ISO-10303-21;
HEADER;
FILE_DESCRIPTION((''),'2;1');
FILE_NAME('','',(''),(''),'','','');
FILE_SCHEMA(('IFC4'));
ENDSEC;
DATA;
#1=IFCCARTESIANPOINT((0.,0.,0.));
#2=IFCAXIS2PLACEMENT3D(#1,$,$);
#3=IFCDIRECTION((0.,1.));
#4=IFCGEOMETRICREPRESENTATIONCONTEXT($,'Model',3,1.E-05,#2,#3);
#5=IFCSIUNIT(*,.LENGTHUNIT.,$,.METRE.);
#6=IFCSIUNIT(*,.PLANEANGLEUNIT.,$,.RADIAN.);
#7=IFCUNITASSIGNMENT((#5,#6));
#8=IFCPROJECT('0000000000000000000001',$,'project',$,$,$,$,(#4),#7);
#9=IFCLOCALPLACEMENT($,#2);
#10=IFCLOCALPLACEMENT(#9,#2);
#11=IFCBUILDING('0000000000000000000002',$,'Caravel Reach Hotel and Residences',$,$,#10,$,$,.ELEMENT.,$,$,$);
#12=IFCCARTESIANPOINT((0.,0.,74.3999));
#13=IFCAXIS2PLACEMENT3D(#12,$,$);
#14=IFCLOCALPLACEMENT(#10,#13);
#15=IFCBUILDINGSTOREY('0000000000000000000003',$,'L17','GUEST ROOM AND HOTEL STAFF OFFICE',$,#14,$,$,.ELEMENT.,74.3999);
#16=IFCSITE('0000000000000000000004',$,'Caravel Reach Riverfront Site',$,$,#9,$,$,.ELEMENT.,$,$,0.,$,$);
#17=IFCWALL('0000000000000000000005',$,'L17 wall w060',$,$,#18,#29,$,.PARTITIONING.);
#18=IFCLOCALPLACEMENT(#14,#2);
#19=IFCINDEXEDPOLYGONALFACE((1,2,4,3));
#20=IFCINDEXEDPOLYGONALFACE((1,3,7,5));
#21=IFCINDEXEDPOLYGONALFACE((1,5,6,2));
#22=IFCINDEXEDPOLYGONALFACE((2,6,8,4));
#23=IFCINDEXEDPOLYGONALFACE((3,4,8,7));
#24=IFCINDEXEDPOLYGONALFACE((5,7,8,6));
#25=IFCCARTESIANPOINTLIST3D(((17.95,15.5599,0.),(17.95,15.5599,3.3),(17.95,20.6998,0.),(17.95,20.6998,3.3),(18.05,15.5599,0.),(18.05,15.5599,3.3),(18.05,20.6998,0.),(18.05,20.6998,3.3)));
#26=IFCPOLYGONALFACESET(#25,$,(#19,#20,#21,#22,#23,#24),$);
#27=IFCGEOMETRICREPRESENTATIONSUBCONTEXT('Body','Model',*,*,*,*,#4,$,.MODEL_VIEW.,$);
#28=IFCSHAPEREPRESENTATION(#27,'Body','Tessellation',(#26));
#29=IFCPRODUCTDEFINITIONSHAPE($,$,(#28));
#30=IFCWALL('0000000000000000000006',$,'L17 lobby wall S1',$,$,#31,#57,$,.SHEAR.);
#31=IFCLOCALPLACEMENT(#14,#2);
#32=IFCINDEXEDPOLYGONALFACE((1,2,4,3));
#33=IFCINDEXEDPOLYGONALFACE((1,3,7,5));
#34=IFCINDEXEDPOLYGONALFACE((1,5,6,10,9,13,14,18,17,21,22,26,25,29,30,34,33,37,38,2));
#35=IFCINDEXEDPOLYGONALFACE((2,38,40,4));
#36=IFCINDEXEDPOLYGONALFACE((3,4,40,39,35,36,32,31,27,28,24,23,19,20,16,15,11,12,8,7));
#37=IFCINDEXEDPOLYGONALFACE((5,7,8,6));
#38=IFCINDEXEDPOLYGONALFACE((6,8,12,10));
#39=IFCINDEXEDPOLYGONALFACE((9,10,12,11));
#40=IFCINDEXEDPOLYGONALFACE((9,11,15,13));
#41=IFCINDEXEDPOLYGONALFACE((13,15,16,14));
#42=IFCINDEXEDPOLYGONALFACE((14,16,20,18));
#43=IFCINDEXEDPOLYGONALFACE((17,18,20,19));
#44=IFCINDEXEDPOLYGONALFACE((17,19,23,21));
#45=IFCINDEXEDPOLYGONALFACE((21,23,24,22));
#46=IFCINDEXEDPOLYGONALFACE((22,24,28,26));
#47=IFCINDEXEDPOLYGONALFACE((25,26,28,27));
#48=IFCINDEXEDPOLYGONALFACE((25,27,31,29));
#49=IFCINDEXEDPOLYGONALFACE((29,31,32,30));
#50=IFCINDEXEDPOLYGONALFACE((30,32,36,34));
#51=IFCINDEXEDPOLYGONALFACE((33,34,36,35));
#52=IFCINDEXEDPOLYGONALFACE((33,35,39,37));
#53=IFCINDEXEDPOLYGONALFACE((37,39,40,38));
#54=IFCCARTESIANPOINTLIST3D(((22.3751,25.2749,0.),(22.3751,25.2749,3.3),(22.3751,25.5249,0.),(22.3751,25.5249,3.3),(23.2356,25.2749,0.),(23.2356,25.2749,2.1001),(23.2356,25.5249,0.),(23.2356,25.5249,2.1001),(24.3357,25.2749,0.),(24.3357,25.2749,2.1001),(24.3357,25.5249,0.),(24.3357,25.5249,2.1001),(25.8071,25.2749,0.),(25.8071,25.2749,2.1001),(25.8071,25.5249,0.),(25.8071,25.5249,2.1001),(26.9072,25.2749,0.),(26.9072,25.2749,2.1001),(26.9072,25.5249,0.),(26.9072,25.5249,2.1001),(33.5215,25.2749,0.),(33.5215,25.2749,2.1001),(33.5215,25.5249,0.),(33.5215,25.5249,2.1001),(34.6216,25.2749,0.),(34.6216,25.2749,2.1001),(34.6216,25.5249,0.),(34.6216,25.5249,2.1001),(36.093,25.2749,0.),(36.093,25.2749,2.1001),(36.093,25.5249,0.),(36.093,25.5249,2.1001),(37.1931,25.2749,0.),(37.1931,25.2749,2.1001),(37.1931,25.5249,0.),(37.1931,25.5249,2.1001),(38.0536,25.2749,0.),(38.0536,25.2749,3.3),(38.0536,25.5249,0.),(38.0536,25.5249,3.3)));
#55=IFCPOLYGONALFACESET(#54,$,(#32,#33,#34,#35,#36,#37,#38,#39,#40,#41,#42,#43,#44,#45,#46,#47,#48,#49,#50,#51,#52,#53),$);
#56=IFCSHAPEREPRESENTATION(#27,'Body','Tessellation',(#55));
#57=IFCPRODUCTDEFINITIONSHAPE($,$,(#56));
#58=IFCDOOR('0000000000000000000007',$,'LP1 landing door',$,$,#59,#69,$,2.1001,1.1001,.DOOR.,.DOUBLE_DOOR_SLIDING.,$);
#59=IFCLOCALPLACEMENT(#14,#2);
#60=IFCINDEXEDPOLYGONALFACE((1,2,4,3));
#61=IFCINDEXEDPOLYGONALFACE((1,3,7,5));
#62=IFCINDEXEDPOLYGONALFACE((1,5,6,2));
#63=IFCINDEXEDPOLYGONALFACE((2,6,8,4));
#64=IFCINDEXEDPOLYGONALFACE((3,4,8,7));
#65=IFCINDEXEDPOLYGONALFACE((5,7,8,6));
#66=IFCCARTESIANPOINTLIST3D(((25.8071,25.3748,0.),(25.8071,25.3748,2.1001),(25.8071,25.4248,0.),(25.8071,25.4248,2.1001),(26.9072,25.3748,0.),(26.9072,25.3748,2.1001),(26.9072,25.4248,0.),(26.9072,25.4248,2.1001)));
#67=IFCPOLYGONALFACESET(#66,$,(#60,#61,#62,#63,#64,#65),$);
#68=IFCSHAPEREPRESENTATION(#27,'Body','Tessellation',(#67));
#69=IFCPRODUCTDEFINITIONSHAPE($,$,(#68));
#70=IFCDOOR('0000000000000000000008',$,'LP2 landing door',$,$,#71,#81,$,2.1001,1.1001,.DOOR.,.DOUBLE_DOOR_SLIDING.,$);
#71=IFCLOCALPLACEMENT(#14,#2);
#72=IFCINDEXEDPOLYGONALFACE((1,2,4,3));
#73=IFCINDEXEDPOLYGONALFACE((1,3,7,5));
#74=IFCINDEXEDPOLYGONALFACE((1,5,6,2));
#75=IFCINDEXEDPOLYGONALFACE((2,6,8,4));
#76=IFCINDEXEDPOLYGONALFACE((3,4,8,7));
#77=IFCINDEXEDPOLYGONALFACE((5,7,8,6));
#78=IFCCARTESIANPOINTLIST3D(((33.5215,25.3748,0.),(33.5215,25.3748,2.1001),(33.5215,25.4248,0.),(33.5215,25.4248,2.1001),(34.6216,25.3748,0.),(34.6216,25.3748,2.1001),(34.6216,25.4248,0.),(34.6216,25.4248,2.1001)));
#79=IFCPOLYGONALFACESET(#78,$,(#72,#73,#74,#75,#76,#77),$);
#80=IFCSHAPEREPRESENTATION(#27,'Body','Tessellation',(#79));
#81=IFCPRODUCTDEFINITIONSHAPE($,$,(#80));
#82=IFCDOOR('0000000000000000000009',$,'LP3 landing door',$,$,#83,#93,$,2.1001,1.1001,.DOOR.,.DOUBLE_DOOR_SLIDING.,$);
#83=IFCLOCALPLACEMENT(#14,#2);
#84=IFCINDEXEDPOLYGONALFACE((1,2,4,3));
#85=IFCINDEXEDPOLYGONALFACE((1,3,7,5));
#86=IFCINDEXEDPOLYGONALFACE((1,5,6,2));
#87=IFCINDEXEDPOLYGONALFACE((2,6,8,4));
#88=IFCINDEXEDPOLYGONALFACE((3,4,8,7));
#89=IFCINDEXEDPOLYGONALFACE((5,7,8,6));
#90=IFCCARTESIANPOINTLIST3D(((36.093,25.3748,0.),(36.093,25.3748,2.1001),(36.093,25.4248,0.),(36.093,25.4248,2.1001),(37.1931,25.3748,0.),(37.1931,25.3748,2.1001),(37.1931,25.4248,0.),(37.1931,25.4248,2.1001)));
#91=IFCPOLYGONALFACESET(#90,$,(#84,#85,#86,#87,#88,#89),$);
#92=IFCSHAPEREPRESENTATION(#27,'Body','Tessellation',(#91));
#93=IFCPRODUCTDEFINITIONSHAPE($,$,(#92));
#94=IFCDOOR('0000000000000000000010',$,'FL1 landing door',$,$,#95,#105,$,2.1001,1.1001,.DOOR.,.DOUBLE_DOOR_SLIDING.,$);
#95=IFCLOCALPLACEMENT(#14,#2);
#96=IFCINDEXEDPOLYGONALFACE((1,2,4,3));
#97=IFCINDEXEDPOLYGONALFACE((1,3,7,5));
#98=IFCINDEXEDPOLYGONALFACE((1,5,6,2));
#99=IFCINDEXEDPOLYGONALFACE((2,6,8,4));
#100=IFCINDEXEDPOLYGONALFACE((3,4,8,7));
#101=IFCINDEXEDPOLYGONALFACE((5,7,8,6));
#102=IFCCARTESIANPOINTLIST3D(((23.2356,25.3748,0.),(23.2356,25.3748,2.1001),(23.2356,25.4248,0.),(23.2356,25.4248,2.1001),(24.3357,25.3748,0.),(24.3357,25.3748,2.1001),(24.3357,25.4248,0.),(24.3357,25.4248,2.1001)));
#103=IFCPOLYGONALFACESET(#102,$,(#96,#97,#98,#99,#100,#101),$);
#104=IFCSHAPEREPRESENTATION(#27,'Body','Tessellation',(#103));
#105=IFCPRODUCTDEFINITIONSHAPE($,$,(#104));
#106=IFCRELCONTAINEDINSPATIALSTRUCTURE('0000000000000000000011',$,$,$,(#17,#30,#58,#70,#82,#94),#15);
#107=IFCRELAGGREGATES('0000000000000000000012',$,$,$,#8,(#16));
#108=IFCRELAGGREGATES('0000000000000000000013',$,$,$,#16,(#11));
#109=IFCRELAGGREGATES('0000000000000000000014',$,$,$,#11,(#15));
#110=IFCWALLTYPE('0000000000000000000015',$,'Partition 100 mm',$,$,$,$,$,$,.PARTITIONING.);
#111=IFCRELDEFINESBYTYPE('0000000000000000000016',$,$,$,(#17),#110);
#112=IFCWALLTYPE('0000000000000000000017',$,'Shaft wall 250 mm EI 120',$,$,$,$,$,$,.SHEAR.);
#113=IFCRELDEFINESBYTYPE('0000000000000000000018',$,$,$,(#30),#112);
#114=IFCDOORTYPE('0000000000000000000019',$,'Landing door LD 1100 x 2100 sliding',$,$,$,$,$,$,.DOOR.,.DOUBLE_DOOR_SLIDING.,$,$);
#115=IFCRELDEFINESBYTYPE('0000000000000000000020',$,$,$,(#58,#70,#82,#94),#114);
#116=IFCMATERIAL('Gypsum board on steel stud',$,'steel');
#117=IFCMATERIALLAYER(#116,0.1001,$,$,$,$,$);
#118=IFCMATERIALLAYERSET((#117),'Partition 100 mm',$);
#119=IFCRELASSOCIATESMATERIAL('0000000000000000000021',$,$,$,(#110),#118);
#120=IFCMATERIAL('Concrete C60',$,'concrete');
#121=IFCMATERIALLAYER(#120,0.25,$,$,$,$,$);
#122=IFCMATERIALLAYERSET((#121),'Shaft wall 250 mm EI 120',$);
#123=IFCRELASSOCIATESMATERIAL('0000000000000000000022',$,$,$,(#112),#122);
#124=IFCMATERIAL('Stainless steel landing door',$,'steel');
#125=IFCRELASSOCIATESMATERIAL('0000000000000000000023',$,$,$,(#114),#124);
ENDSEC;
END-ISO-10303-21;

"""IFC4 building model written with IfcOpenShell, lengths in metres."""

from ifc_helpers import new_model, si_unit, direction, frame, frame_2d, origin, place, context, subcontext, project, spatial, rectangle, extrude, material, layer, layer_set, type_object, element, fill, save


model = new_model("IFC4")

# Units and contexts
model_context = context("Model", 3, precision=1e-05, world=origin(), true_north=direction((0.0, 1.0)))
body_context = subcontext(model_context, "Body", "Model", "MODEL_VIEW")
ifc_project = project(units=[si_unit("LENGTHUNIT", "METRE"), si_unit("PLANEANGLEUNIT", "RADIAN")], contexts=[model_context])

# Site, building, storey
site_placement = place(None, origin())
site = spatial("IfcSite", under=ifc_project, at=site_placement, Name="Caravel Reach Riverfront Site", CompositionType="ELEMENT", RefElevation=0.0)
building_placement = place(site_placement, origin())
building = spatial("IfcBuilding", under=site, at=building_placement, Name="Caravel Reach Hotel and Residences", CompositionType="ELEMENT")
storey_placement = place(building_placement, frame((0.0, 0.0, 74.3999)))
storey = spatial("IfcBuildingStorey", under=building, at=storey_placement, Name="L17", Description="GUEST ROOM AND HOTEL STAFF OFFICE", CompositionType="ELEMENT", Elevation=74.3999)

# Wall
ifc_material_1 = material(Name="Gypsum board on steel stud", Category="steel")
ifc_layer_1 = layer(ifc_material_1, 0.1001)
ifc_layer_set_1 = layer_set([ifc_layer_1], Name="Partition 100 mm")
wall_type_1 = type_object("IfcWallType", Name="Partition 100 mm", PredefinedType="PARTITIONING", material=ifc_layer_set_1)
wall_1_placement = place(storey_placement, frame((18.0, 15.5601, 0.0), z_axis=(0.0, 0.0, 1.0), x_axis=(0.0, 1.0, 0.0)))
element("IfcWall", 1, at=wall_1_placement, inside=storey, type_object=wall_type_1, Name="L17 wall w060", PredefinedType="PARTITIONING", context=body_context, shape_type="SweptSolid", body=[
    extrude(rectangle(XDim=5.1399, YDim=0.1001, at=frame_2d((2.5698, 0.0))), origin(), (0.0, 0.0, 1.0), 3.3),
])

# Wall, openings, doors
ifc_material_2 = material(Name="Concrete C60", Category="concrete")
ifc_layer_2 = layer(ifc_material_2, 0.25)
ifc_layer_set_2 = layer_set([ifc_layer_2], Name="Shaft wall 250 mm EI 120")
wall_type_2 = type_object("IfcWallType", Name="Shaft wall 250 mm EI 120", PredefinedType="SHEAR", material=ifc_layer_set_2)
wall_2_placement = place(storey_placement, frame((22.375, 25.3999, 0.0), z_axis=(0.0, 0.0, 1.0), x_axis=(1.0, 0.0, 0.0)))
wall_2 = element("IfcWall", 2, at=wall_2_placement, inside=storey, type_object=wall_type_2, Name="L17 lobby wall S1", PredefinedType="SHEAR", context=body_context, shape_type="SweptSolid", body=[
    extrude(rectangle(XDim=15.6785, YDim=0.25, at=frame_2d((7.8394, 0.0))), origin(), (0.0, 0.0, 1.0), 3.3),
])
opening_1_placement = place(wall_2_placement, frame((3.4321, 0.0, 0.0)))
opening_1 = element("IfcOpeningElement", 3, at=opening_1_placement, cuts=wall_2, PredefinedType="OPENING", context=body_context, shape_type="SweptSolid", body=[
    extrude(rectangle(XDim=1.1001, YDim=2.1001, at=frame_2d((0.55, 1.05))), frame((0.0, 0.135, 0.0), z_axis=(0.0, -1.0, 0.0), x_axis=(1.0, 0.0, 0.0)), (0.0, 0.0, 1.0), 0.27),
])
opening_2_placement = place(wall_2_placement, frame((11.1465, 0.0, 0.0)))
opening_2 = element("IfcOpeningElement", 4, at=opening_2_placement, cuts=wall_2, PredefinedType="OPENING", context=body_context, shape_type="SweptSolid", body=[
    extrude(rectangle(XDim=1.1001, YDim=2.1001, at=frame_2d((0.55, 1.05))), frame((0.0, 0.135, 0.0), z_axis=(0.0, -1.0, 0.0), x_axis=(1.0, 0.0, 0.0)), (0.0, 0.0, 1.0), 0.27),
])
opening_3_placement = place(wall_2_placement, frame((13.718, 0.0, 0.0)))
opening_3 = element("IfcOpeningElement", 5, at=opening_3_placement, cuts=wall_2, PredefinedType="OPENING", context=body_context, shape_type="SweptSolid", body=[
    extrude(rectangle(XDim=1.1001, YDim=2.1001, at=frame_2d((0.55, 1.05))), frame((0.0, 0.135, 0.0), z_axis=(0.0, -1.0, 0.0), x_axis=(1.0, 0.0, 0.0)), (0.0, 0.0, 1.0), 0.27),
])
opening_4_placement = place(wall_2_placement, frame((0.8606, 0.0, 0.0)))
opening_4 = element("IfcOpeningElement", 6, at=opening_4_placement, cuts=wall_2, PredefinedType="OPENING", context=body_context, shape_type="SweptSolid", body=[
    extrude(rectangle(XDim=1.1001, YDim=2.1001, at=frame_2d((0.55, 1.05))), frame((0.0, 0.135, 0.0), z_axis=(0.0, -1.0, 0.0), x_axis=(1.0, 0.0, 0.0)), (0.0, 0.0, 1.0), 0.27),
])
ifc_material_3 = material(Name="Stainless steel landing door", Category="steel")
door_type_1 = type_object("IfcDoorType", Name="Landing door LD 1100 x 2100 sliding", OperationType="DOUBLE_DOOR_SLIDING", PredefinedType="DOOR", material=ifc_material_3)
door_1_placement = place(opening_1_placement, origin())
door_1 = element("IfcDoor", 7, at=door_1_placement, inside=storey, type_object=door_type_1, Name="LP1 landing door", OperationType="DOUBLE_DOOR_SLIDING", OverallHeight=2.1001, OverallWidth=1.1001, PredefinedType="DOOR", context=body_context, shape_type="SweptSolid", body=[
    extrude(rectangle(XDim=1.1001, YDim=2.1001, at=frame_2d((0.55, 1.05))), frame((0.0, 0.0249, 0.0), z_axis=(0.0, -1.0, 0.0), x_axis=(1.0, 0.0, 0.0)), (0.0, 0.0, 1.0), 0.05),
])
fill(opening_1, door_1)
door_2_placement = place(opening_2_placement, origin())
door_2 = element("IfcDoor", 8, at=door_2_placement, inside=storey, type_object=door_type_1, Name="LP2 landing door", OperationType="DOUBLE_DOOR_SLIDING", OverallHeight=2.1001, OverallWidth=1.1001, PredefinedType="DOOR", context=body_context, shape_type="SweptSolid", body=[
    extrude(rectangle(XDim=1.1001, YDim=2.1001, at=frame_2d((0.55, 1.05))), frame((0.0, 0.0249, 0.0), z_axis=(0.0, -1.0, 0.0), x_axis=(1.0, 0.0, 0.0)), (0.0, 0.0, 1.0), 0.05),
])
fill(opening_2, door_2)
door_3_placement = place(opening_3_placement, origin())
door_3 = element("IfcDoor", 9, at=door_3_placement, inside=storey, type_object=door_type_1, Name="LP3 landing door", OperationType="DOUBLE_DOOR_SLIDING", OverallHeight=2.1001, OverallWidth=1.1001, PredefinedType="DOOR", context=body_context, shape_type="SweptSolid", body=[
    extrude(rectangle(XDim=1.1001, YDim=2.1001, at=frame_2d((0.55, 1.05))), frame((0.0, 0.0249, 0.0), z_axis=(0.0, -1.0, 0.0), x_axis=(1.0, 0.0, 0.0)), (0.0, 0.0, 1.0), 0.05),
])
fill(opening_3, door_3)
door_4_placement = place(opening_4_placement, origin())
door_4 = element("IfcDoor", 10, at=door_4_placement, inside=storey, type_object=door_type_1, Name="FL1 landing door", OperationType="DOUBLE_DOOR_SLIDING", OverallHeight=2.1001, OverallWidth=1.1001, PredefinedType="DOOR", context=body_context, shape_type="SweptSolid", body=[
    extrude(rectangle(XDim=1.1001, YDim=2.1001, at=frame_2d((0.55, 1.05))), frame((0.0, 0.0249, 0.0), z_axis=(0.0, -1.0, 0.0), x_axis=(1.0, 0.0, 0.0)), (0.0, 0.0, 1.0), 0.05),
])
fill(opening_4, door_4)

save(model, "model.ifc")
